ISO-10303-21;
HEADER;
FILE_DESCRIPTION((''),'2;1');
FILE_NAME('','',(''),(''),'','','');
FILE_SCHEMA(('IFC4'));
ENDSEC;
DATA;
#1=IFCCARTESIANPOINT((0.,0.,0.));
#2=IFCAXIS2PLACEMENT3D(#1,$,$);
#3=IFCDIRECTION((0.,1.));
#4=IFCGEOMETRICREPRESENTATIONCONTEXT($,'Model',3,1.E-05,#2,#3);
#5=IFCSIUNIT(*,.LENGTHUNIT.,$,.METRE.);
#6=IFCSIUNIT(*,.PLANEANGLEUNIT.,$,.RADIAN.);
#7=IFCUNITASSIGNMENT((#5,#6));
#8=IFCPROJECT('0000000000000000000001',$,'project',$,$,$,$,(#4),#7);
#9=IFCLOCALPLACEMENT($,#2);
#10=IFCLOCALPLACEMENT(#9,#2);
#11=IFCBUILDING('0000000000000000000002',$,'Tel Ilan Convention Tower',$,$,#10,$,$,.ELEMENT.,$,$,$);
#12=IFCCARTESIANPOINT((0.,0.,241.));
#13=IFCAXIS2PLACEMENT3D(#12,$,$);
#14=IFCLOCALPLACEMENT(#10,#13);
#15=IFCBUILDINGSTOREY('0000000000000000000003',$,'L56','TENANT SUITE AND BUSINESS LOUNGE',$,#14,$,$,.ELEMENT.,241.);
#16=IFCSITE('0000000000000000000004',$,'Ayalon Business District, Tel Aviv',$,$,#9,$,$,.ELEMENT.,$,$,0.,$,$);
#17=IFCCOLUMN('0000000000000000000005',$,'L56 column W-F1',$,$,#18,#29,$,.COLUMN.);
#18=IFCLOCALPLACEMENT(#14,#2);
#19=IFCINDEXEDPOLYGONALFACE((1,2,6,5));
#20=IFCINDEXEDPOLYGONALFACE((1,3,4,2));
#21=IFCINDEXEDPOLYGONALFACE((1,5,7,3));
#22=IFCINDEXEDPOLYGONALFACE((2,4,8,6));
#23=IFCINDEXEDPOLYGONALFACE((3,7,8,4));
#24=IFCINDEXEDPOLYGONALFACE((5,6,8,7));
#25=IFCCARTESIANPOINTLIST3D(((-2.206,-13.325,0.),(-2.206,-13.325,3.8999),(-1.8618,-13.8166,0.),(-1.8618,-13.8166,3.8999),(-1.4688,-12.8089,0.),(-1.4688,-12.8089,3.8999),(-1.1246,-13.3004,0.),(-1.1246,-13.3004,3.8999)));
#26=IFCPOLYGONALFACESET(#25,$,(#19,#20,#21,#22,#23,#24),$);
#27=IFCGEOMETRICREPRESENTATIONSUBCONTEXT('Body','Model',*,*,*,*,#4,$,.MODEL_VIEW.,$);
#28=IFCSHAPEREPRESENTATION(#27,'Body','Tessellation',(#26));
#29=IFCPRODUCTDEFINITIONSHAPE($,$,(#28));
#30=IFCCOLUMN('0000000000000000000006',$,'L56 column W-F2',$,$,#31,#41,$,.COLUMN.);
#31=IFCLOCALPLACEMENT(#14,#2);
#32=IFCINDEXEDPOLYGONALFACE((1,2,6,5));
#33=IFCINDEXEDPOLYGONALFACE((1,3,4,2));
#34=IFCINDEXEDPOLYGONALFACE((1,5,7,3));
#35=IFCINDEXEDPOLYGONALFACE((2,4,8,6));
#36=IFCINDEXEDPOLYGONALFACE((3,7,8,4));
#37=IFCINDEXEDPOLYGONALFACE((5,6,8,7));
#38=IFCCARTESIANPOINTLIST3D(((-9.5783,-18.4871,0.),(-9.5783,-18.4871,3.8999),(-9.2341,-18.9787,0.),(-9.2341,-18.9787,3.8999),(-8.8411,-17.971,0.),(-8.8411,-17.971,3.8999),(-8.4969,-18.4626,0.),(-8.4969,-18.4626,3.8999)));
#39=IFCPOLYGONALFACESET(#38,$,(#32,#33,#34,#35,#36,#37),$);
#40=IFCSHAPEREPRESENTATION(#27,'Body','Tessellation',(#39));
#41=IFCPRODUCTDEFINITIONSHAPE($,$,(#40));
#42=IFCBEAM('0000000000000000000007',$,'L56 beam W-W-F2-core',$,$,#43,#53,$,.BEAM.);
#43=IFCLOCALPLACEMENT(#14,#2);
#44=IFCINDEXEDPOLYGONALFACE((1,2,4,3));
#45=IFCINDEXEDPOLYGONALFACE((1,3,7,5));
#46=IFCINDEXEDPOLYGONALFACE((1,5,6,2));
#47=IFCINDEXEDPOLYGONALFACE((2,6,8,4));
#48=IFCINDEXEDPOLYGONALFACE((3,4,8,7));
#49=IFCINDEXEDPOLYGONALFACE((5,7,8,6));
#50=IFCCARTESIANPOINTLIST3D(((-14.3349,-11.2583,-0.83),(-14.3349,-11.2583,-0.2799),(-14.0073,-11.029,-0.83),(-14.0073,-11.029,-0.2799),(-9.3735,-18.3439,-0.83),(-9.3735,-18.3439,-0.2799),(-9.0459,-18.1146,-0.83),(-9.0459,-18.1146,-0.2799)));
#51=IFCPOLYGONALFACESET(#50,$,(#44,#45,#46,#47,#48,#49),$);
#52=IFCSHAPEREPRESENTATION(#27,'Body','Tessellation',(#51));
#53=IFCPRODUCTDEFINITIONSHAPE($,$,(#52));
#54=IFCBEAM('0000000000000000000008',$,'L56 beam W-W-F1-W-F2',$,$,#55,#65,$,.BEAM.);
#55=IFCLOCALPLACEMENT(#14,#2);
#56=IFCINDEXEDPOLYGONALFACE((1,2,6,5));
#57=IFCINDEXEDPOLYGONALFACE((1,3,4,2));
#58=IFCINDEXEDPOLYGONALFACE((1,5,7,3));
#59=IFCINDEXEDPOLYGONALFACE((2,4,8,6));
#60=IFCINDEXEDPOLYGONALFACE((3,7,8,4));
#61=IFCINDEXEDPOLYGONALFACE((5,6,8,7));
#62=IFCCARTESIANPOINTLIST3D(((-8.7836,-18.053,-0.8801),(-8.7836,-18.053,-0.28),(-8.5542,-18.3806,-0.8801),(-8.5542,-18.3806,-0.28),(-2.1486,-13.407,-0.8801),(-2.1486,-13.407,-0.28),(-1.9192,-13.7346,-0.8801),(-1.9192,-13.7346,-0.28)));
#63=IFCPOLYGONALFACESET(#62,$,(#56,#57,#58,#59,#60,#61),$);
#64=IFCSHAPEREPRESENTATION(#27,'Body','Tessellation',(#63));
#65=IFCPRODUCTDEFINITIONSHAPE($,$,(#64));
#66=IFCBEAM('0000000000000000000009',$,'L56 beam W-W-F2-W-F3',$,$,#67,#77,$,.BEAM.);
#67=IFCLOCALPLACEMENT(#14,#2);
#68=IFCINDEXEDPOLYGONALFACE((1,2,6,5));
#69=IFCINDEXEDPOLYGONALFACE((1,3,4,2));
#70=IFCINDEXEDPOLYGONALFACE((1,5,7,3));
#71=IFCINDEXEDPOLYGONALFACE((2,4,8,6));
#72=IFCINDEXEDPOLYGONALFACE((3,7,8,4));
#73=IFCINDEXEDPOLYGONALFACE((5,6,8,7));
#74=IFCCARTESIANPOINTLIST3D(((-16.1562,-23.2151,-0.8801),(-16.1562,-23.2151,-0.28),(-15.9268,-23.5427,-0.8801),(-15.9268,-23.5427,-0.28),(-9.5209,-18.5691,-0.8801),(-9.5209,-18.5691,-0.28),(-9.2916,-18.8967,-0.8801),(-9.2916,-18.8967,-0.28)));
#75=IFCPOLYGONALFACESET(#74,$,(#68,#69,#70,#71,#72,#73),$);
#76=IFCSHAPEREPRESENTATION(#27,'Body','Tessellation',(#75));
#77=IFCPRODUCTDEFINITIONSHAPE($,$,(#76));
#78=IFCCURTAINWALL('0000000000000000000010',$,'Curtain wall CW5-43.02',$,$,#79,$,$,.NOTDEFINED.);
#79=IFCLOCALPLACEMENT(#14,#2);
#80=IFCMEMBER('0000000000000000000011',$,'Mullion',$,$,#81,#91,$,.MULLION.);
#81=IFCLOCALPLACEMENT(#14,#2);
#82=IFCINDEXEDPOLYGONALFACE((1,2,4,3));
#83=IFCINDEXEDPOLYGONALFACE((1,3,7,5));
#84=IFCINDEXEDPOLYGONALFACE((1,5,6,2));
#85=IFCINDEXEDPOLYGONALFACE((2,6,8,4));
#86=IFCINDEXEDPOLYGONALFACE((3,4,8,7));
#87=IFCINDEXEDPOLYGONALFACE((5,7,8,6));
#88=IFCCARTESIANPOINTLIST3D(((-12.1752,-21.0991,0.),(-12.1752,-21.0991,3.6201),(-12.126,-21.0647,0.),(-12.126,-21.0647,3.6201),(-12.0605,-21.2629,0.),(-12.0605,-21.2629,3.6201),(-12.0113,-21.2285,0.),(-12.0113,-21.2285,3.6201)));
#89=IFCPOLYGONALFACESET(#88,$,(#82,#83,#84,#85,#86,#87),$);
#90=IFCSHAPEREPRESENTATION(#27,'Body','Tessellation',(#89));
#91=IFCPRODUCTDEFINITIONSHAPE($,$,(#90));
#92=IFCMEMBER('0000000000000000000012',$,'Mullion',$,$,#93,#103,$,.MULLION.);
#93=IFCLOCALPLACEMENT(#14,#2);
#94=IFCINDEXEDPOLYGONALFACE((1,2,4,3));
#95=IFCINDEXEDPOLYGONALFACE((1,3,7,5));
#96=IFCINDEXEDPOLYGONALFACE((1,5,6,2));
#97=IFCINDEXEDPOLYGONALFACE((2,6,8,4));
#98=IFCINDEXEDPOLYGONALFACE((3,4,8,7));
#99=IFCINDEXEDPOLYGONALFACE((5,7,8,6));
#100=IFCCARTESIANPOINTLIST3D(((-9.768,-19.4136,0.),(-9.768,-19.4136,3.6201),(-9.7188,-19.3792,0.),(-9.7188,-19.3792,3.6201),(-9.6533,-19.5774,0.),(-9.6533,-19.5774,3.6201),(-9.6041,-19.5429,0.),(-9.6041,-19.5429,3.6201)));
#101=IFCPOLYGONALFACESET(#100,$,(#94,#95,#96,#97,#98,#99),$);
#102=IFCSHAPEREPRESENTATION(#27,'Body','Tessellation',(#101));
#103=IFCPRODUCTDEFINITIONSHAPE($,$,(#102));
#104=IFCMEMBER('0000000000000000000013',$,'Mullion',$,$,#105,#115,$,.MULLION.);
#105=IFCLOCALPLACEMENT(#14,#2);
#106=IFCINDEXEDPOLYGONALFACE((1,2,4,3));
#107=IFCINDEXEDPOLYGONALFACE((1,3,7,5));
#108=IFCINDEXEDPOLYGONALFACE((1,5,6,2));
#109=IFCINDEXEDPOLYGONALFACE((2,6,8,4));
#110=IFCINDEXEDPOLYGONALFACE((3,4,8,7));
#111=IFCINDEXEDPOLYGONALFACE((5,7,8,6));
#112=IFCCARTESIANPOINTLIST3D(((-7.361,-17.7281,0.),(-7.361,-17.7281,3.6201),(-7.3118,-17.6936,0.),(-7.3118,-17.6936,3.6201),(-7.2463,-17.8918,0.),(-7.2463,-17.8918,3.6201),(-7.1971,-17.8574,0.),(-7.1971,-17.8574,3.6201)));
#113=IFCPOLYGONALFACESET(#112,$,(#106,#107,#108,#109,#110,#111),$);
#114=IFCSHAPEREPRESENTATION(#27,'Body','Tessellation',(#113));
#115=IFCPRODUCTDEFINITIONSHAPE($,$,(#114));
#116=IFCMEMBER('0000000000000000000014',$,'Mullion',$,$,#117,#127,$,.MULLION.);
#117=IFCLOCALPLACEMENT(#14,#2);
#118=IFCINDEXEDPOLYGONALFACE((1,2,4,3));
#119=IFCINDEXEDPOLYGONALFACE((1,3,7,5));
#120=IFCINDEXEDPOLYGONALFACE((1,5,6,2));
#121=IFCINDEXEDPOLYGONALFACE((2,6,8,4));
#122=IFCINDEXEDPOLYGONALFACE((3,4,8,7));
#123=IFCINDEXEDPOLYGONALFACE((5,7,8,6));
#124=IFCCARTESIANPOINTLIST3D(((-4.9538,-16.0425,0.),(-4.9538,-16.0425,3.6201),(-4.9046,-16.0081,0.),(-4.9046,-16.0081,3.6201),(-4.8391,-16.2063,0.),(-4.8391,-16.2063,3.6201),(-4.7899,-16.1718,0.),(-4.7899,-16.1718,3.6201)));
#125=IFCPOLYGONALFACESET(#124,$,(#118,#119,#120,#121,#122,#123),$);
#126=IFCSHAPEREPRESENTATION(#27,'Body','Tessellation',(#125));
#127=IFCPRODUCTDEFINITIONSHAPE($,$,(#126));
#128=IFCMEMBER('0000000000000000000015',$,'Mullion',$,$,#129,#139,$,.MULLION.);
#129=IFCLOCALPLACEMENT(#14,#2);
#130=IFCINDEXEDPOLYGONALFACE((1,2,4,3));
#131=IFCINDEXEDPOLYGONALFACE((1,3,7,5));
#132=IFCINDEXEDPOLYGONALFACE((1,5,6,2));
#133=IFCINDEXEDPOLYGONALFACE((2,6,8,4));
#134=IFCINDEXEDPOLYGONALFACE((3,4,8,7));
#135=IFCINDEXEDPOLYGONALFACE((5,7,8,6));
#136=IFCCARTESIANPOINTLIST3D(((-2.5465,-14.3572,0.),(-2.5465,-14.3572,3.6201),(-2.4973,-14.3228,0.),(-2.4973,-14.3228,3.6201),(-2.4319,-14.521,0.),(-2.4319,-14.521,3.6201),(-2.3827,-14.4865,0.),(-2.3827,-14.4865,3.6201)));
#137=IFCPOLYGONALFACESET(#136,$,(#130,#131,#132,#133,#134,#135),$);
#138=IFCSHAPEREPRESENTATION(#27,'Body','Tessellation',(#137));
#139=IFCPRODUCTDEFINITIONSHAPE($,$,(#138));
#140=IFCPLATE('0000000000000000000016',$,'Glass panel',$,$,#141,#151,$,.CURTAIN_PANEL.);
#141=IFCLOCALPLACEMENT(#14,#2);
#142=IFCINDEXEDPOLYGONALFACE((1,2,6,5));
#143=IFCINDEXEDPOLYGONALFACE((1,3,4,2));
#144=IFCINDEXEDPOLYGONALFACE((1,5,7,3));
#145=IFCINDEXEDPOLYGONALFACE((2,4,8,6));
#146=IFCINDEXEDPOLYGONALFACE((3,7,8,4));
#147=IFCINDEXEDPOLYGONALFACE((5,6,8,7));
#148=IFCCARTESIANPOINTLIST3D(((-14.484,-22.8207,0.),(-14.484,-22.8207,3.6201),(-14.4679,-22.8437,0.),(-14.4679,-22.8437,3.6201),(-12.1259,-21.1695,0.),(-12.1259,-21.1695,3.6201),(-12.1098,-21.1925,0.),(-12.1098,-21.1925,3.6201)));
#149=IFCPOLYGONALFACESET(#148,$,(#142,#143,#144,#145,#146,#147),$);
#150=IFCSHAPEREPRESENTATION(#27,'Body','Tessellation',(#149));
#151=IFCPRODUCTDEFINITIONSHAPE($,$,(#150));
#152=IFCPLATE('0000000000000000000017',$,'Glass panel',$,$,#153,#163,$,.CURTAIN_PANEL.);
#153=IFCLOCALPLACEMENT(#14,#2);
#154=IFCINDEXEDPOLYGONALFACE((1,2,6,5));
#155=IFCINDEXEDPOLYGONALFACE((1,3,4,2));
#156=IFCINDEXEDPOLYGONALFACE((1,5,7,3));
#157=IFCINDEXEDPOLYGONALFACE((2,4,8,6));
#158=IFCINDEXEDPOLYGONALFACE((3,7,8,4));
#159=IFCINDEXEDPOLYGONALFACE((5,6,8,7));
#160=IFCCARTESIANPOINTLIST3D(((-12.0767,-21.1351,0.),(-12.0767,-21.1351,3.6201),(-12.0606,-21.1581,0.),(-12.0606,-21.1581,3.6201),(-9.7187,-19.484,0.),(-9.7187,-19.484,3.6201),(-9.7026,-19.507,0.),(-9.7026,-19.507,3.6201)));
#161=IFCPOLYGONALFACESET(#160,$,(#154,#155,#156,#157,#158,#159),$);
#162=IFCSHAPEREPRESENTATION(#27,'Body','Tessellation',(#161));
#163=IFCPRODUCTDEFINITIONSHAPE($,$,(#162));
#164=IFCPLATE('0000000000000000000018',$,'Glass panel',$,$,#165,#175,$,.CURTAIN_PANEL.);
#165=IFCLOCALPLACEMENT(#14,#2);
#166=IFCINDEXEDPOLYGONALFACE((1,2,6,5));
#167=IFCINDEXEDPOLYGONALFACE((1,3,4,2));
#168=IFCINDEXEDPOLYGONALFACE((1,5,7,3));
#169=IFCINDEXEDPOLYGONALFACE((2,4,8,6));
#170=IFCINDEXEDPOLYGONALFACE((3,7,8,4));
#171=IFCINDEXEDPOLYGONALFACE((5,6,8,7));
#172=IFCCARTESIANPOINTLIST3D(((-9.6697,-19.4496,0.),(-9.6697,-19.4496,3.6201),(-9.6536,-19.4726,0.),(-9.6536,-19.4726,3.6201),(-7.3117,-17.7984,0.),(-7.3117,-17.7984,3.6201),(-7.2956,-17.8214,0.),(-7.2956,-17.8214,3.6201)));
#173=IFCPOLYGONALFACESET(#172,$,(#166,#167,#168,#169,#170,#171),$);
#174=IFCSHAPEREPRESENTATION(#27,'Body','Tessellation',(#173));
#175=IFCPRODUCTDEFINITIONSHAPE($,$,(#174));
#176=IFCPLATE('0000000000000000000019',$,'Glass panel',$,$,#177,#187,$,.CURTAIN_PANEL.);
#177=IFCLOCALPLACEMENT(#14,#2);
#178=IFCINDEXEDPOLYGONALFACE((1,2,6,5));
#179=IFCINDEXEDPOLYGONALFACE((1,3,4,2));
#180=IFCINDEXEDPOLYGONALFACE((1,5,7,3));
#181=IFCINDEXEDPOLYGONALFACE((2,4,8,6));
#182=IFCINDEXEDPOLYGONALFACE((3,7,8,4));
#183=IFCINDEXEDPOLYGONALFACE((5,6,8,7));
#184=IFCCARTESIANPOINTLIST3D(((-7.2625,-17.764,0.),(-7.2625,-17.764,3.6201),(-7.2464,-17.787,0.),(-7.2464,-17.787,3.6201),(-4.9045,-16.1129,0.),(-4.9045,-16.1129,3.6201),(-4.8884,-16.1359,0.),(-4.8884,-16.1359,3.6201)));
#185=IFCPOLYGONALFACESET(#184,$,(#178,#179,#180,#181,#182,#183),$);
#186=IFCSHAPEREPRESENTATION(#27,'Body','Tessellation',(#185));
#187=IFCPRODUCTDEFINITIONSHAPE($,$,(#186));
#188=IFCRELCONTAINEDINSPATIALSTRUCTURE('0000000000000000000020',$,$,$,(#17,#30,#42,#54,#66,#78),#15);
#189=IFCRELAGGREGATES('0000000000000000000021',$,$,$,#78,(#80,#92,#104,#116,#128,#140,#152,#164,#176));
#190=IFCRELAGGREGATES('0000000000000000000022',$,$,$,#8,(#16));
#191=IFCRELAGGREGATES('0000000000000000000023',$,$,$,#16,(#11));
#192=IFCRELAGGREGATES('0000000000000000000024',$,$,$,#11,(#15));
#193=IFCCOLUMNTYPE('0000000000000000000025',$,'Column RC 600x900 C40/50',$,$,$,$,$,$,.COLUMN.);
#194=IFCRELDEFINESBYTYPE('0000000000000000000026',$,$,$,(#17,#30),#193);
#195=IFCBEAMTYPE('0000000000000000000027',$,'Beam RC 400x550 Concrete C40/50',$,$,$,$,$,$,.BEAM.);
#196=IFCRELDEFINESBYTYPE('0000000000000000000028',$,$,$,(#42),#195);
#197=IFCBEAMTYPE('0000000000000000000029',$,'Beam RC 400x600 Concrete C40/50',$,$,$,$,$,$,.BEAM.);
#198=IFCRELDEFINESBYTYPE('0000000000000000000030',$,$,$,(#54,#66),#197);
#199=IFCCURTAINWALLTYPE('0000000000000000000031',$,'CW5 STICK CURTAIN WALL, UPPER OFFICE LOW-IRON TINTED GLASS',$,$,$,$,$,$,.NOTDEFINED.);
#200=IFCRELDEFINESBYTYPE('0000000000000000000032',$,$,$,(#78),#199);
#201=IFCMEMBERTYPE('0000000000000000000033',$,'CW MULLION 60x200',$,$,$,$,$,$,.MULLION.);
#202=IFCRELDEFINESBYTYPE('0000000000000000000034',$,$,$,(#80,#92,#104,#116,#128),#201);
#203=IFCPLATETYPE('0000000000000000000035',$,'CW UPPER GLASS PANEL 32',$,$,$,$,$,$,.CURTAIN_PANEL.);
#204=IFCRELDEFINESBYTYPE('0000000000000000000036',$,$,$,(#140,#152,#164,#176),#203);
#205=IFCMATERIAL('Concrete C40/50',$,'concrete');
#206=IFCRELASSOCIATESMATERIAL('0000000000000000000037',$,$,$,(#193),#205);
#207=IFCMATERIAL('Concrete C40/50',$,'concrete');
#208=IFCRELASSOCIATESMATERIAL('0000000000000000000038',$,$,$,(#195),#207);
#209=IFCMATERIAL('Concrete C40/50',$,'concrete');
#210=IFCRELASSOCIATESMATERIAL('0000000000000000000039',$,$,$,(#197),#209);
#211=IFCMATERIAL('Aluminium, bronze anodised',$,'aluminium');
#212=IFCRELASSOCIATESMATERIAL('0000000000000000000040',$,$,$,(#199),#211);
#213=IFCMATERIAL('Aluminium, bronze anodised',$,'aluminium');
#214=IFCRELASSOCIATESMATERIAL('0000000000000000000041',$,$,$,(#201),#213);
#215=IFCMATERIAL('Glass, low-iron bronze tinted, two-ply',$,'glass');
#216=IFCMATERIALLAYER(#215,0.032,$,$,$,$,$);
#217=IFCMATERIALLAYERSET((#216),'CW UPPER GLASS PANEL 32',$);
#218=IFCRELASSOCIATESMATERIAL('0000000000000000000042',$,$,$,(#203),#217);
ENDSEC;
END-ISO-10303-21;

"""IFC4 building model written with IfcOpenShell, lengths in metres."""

from ifc_helpers import new_model, si_unit, direction, frame, origin, origin_2d, place, context, subcontext, project, spatial, rectangle, extrude, material, layer, layer_set, material_profile, profile_set, type_object, element, aggregate, save


model = new_model("IFC4")

# Units and contexts
model_context = context("Model", 3, precision=1e-05, world=origin(), true_north=direction((0.0, 1.0)))
body_context = subcontext(model_context, "Body", "Model", "MODEL_VIEW")
ifc_project = project(units=[si_unit("LENGTHUNIT", "METRE"), si_unit("PLANEANGLEUNIT", "RADIAN")], contexts=[model_context])

# Site, building, storey
site_placement = place(None, origin())
site = spatial("IfcSite", under=ifc_project, at=site_placement, Name="Ayalon Business District, Tel Aviv", CompositionType="ELEMENT", RefElevation=0.0)
building_placement = place(site_placement, origin())
building = spatial("IfcBuilding", under=site, at=building_placement, Name="Tel Ilan Convention Tower", CompositionType="ELEMENT")
storey_placement = place(building_placement, frame((0.0, 0.0, 241.0)))
storey = spatial("IfcBuildingStorey", under=building, at=storey_placement, Name="L56", Description="TENANT SUITE AND BUSINESS LOUNGE", CompositionType="ELEMENT", Elevation=241.0)

# Columns
ifc_material_1 = material(Name="Concrete C40/50", Category="concrete")
ifc_material_profile_1 = material_profile(ifc_material_1, rectangle(XDim=0.8999, YDim=0.6001, at=origin_2d()), Name="RC 600x900")
ifc_profile_set_1 = profile_set([ifc_material_profile_1], Name="Concrete C40/50")
column_type = type_object("IfcColumnType", Name="Column RC 600x900 C40/50", PredefinedType="COLUMN", material=ifc_profile_set_1)
for number, where, z_axis, x_axis, name in (
    (1, (-1.6653, -13.3127, 0.0), (0.0, 0.0, 1.0), (-0.819152, -0.573576, 0.0), "L56 column W-F1"),
    (2, (-9.0376, -18.4749, 0.0), (0.0, 0.0, 1.0), (-0.819152, -0.573576, 0.0), "L56 column W-F2"),
):
    element("IfcColumn", number, at=place(storey_placement, frame(where, z_axis=z_axis, x_axis=x_axis)), inside=storey, type_object=column_type, Name=name, PredefinedType="COLUMN", context=body_context, shape_type="SweptSolid", body=[
        extrude(rectangle(XDim=0.8999, YDim=0.6001, at=origin_2d()), origin(), (0.0, 0.0, 1.0), 3.8999),
    ])

# Beams
ifc_material_2 = material(Name="Concrete C40/50", Category="concrete")
ifc_material_profile_2 = material_profile(ifc_material_2, rectangle(XDim=0.3999, YDim=0.55, at=origin_2d()), Name="RC 400x550")
ifc_profile_set_2 = profile_set([ifc_material_profile_2], Name="Concrete C40/50")
beam_type_1 = type_object("IfcBeamType", Name="Beam RC 400x550 Concrete C40/50", PredefinedType="BEAM", material=ifc_profile_set_2)
beam_1_placement = place(storey_placement, frame((-9.2097, -18.2292, -0.5549), z_axis=(-0.573574, 0.819154, 0.0), x_axis=(-0.819154, -0.573574, 0.0)))
element("IfcBeam", 3, at=beam_1_placement, inside=storey, type_object=beam_type_1, Name="L56 beam W-W-F2-core", PredefinedType="BEAM", context=body_context, shape_type="SweptSolid", body=[
    extrude(rectangle(XDim=0.3999, YDim=0.55, at=origin_2d()), origin(), (0.0, 0.0, 1.0), 8.6499),
])
ifc_material_3 = material(Name="Concrete C40/50", Category="concrete")
ifc_material_profile_3 = material_profile(ifc_material_3, rectangle(XDim=0.3999, YDim=0.6001, at=origin_2d()), Name="RC 400x600")
ifc_profile_set_3 = profile_set([ifc_material_profile_3], Name="Concrete C40/50")
beam_type_2 = type_object("IfcBeamType", Name="Beam RC 400x600 Concrete C40/50", PredefinedType="BEAM", material=ifc_profile_set_3)
beam_2_placement = place(storey_placement, frame((-2.0339, -13.5708, -0.5801), z_axis=(-0.819146, -0.573586, 0.0), x_axis=(0.573586, -0.819146, 0.0)))
element("IfcBeam", 4, at=beam_2_placement, inside=storey, type_object=beam_type_2, Name="L56 beam W-W-F1-W-F2", PredefinedType="BEAM", context=body_context, shape_type="SweptSolid", body=[
    extrude(rectangle(XDim=0.3999, YDim=0.6001, at=origin_2d()), origin(), (0.0, 0.0, 1.0), 8.0999),
])
beam_3_placement = place(storey_placement, frame((-9.4062, -18.7329, -0.5801), z_axis=(-0.819155, -0.573572, 0.0), x_axis=(0.573572, -0.819155, 0.0)))
element("IfcBeam", 5, at=beam_3_placement, inside=storey, type_object=beam_type_2, Name="L56 beam W-W-F2-W-F3", PredefinedType="BEAM", context=body_context, shape_type="SweptSolid", body=[
    extrude(rectangle(XDim=0.3999, YDim=0.6001, at=origin_2d()), origin(), (0.0, 0.0, 1.0), 8.1001),
])

# Curtain wall, members, plates
ifc_material_4 = material(Name="Aluminium, bronze anodised", Category="aluminium")
curtain_wall_type = type_object("IfcCurtainWallType", Name="CW5 STICK CURTAIN WALL, UPPER OFFICE LOW-IRON TINTED GLASS", PredefinedType="NOTDEFINED", material=ifc_material_4)
curtain_wall_placement = place(storey_placement, origin())
curtain_wall = element("IfcCurtainWall", 6, at=curtain_wall_placement, inside=storey, type_object=curtain_wall_type, Name="Curtain wall CW5-43.02", PredefinedType="NOTDEFINED")
ifc_material_5 = material(Name="Aluminium, bronze anodised", Category="aluminium")
ifc_material_profile_4 = material_profile(ifc_material_5, rectangle(XDim=0.0601, YDim=0.2, at=origin_2d()), Name="CW MULLION 60x200")
ifc_profile_set_4 = profile_set([ifc_material_profile_4], Name="Aluminium, bronze anodised")
member_type = type_object("IfcMemberType", Name="CW MULLION 60x200", PredefinedType="MULLION", material=ifc_profile_set_4)
member_1_placement = place(storey_placement, frame((-12.0933, -21.1638, 0.0), z_axis=(0.0, 0.0, 1.0), x_axis=(0.819152, 0.573576, 0.0)))
member_1 = element("IfcMember", 7, at=member_1_placement, type_object=member_type, Name="Mullion", PredefinedType="MULLION", context=body_context, shape_type="SweptSolid", body=[
    extrude(rectangle(XDim=0.0601, YDim=0.2, at=origin_2d()), origin(), (0.0, 0.0, 1.0), 3.6201),
])
member_2_placement = place(storey_placement, frame((-9.686, -19.4783, 0.0), z_axis=(0.0, 0.0, 1.0), x_axis=(0.819152, 0.573576, 0.0)))
member_2 = element("IfcMember", 8, at=member_2_placement, type_object=member_type, Name="Mullion", PredefinedType="MULLION", context=body_context, shape_type="SweptSolid", body=[
    extrude(rectangle(XDim=0.0601, YDim=0.2, at=origin_2d()), origin(), (0.0, 0.0, 1.0), 3.6201),
])
member_3_placement = place(storey_placement, frame((-7.2791, -17.7927, 0.0), z_axis=(0.0, 0.0, 1.0), x_axis=(0.819152, 0.573576, 0.0)))
member_3 = element("IfcMember", 9, at=member_3_placement, type_object=member_type, Name="Mullion", PredefinedType="MULLION", context=body_context, shape_type="SweptSolid", body=[
    extrude(rectangle(XDim=0.0601, YDim=0.2, at=origin_2d()), origin(), (0.0, 0.0, 1.0), 3.6201),
])
member_4_placement = place(storey_placement, frame((-4.8718, -16.1072, 0.0), z_axis=(0.0, 0.0, 1.0), x_axis=(0.819152, 0.573576, 0.0)))
member_4 = element("IfcMember", 10, at=member_4_placement, type_object=member_type, Name="Mullion", PredefinedType="MULLION", context=body_context, shape_type="SweptSolid", body=[
    extrude(rectangle(XDim=0.0601, YDim=0.2, at=origin_2d()), origin(), (0.0, 0.0, 1.0), 3.6201),
])
member_5_placement = place(storey_placement, frame((-2.4646, -14.4219, 0.0), z_axis=(0.0, 0.0, 1.0), x_axis=(0.819152, 0.573576, 0.0)))
member_5 = element("IfcMember", 11, at=member_5_placement, type_object=member_type, Name="Mullion", PredefinedType="MULLION", context=body_context, shape_type="SweptSolid", body=[
    extrude(rectangle(XDim=0.0601, YDim=0.2, at=origin_2d()), origin(), (0.0, 0.0, 1.0), 3.6201),
])
ifc_material_6 = material(Name="Glass, low-iron bronze tinted, two-ply", Category="glass")
ifc_layer_1 = layer(ifc_material_6, 0.032)
ifc_layer_set_1 = layer_set([ifc_layer_1], Name="CW UPPER GLASS PANEL 32")
plate_type = type_object("IfcPlateType", Name="CW UPPER GLASS PANEL 32", PredefinedType="CURTAIN_PANEL", material=ifc_layer_set_1)
plate_1_placement = place(storey_placement, frame((-13.2969, -22.0066, 0.0), z_axis=(0.0, 0.0, 1.0), x_axis=(0.819152, 0.573576, 0.0)))
plate_1 = element("IfcPlate", 12, at=plate_1_placement, type_object=plate_type, Name="Glass panel", PredefinedType="CURTAIN_PANEL", context=body_context, shape_type="SweptSolid", body=[
    extrude(rectangle(XDim=2.8787, YDim=0.0281, at=origin_2d()), origin(), (0.0, 0.0, 1.0), 3.6201),
])
plate_2_placement = place(storey_placement, frame((-10.8896, -20.321, 0.0), z_axis=(0.0, 0.0, 1.0), x_axis=(0.819152, 0.573576, 0.0)))
plate_2 = element("IfcPlate", 13, at=plate_2_placement, type_object=plate_type, Name="Glass panel", PredefinedType="CURTAIN_PANEL", context=body_context, shape_type="SweptSolid", body=[
    extrude(rectangle(XDim=2.8787, YDim=0.0281, at=origin_2d()), origin(), (0.0, 0.0, 1.0), 3.6201),
])
plate_3_placement = place(storey_placement, frame((-8.4827, -18.6355, 0.0), z_axis=(0.0, 0.0, 1.0), x_axis=(0.819152, 0.573576, 0.0)))
plate_3 = element("IfcPlate", 14, at=plate_3_placement, type_object=plate_type, Name="Glass panel", PredefinedType="CURTAIN_PANEL", context=body_context, shape_type="SweptSolid", body=[
    extrude(rectangle(XDim=2.8787, YDim=0.0281, at=origin_2d()), origin(), (0.0, 0.0, 1.0), 3.6201),
])
plate_4_placement = place(storey_placement, frame((-6.0754, -16.95, 0.0), z_axis=(0.0, 0.0, 1.0), x_axis=(0.819152, 0.573576, 0.0)))
plate_4 = element("IfcPlate", 15, at=plate_4_placement, type_object=plate_type, Name="Glass panel", PredefinedType="CURTAIN_PANEL", context=body_context, shape_type="SweptSolid", body=[
    extrude(rectangle(XDim=2.8787, YDim=0.0281, at=origin_2d()), origin(), (0.0, 0.0, 1.0), 3.6201),
])
aggregate(curtain_wall, [member_1, member_2, member_3, member_4, member_5, plate_1, plate_2, plate_3, plate_4])

save(model, "model.ifc")
